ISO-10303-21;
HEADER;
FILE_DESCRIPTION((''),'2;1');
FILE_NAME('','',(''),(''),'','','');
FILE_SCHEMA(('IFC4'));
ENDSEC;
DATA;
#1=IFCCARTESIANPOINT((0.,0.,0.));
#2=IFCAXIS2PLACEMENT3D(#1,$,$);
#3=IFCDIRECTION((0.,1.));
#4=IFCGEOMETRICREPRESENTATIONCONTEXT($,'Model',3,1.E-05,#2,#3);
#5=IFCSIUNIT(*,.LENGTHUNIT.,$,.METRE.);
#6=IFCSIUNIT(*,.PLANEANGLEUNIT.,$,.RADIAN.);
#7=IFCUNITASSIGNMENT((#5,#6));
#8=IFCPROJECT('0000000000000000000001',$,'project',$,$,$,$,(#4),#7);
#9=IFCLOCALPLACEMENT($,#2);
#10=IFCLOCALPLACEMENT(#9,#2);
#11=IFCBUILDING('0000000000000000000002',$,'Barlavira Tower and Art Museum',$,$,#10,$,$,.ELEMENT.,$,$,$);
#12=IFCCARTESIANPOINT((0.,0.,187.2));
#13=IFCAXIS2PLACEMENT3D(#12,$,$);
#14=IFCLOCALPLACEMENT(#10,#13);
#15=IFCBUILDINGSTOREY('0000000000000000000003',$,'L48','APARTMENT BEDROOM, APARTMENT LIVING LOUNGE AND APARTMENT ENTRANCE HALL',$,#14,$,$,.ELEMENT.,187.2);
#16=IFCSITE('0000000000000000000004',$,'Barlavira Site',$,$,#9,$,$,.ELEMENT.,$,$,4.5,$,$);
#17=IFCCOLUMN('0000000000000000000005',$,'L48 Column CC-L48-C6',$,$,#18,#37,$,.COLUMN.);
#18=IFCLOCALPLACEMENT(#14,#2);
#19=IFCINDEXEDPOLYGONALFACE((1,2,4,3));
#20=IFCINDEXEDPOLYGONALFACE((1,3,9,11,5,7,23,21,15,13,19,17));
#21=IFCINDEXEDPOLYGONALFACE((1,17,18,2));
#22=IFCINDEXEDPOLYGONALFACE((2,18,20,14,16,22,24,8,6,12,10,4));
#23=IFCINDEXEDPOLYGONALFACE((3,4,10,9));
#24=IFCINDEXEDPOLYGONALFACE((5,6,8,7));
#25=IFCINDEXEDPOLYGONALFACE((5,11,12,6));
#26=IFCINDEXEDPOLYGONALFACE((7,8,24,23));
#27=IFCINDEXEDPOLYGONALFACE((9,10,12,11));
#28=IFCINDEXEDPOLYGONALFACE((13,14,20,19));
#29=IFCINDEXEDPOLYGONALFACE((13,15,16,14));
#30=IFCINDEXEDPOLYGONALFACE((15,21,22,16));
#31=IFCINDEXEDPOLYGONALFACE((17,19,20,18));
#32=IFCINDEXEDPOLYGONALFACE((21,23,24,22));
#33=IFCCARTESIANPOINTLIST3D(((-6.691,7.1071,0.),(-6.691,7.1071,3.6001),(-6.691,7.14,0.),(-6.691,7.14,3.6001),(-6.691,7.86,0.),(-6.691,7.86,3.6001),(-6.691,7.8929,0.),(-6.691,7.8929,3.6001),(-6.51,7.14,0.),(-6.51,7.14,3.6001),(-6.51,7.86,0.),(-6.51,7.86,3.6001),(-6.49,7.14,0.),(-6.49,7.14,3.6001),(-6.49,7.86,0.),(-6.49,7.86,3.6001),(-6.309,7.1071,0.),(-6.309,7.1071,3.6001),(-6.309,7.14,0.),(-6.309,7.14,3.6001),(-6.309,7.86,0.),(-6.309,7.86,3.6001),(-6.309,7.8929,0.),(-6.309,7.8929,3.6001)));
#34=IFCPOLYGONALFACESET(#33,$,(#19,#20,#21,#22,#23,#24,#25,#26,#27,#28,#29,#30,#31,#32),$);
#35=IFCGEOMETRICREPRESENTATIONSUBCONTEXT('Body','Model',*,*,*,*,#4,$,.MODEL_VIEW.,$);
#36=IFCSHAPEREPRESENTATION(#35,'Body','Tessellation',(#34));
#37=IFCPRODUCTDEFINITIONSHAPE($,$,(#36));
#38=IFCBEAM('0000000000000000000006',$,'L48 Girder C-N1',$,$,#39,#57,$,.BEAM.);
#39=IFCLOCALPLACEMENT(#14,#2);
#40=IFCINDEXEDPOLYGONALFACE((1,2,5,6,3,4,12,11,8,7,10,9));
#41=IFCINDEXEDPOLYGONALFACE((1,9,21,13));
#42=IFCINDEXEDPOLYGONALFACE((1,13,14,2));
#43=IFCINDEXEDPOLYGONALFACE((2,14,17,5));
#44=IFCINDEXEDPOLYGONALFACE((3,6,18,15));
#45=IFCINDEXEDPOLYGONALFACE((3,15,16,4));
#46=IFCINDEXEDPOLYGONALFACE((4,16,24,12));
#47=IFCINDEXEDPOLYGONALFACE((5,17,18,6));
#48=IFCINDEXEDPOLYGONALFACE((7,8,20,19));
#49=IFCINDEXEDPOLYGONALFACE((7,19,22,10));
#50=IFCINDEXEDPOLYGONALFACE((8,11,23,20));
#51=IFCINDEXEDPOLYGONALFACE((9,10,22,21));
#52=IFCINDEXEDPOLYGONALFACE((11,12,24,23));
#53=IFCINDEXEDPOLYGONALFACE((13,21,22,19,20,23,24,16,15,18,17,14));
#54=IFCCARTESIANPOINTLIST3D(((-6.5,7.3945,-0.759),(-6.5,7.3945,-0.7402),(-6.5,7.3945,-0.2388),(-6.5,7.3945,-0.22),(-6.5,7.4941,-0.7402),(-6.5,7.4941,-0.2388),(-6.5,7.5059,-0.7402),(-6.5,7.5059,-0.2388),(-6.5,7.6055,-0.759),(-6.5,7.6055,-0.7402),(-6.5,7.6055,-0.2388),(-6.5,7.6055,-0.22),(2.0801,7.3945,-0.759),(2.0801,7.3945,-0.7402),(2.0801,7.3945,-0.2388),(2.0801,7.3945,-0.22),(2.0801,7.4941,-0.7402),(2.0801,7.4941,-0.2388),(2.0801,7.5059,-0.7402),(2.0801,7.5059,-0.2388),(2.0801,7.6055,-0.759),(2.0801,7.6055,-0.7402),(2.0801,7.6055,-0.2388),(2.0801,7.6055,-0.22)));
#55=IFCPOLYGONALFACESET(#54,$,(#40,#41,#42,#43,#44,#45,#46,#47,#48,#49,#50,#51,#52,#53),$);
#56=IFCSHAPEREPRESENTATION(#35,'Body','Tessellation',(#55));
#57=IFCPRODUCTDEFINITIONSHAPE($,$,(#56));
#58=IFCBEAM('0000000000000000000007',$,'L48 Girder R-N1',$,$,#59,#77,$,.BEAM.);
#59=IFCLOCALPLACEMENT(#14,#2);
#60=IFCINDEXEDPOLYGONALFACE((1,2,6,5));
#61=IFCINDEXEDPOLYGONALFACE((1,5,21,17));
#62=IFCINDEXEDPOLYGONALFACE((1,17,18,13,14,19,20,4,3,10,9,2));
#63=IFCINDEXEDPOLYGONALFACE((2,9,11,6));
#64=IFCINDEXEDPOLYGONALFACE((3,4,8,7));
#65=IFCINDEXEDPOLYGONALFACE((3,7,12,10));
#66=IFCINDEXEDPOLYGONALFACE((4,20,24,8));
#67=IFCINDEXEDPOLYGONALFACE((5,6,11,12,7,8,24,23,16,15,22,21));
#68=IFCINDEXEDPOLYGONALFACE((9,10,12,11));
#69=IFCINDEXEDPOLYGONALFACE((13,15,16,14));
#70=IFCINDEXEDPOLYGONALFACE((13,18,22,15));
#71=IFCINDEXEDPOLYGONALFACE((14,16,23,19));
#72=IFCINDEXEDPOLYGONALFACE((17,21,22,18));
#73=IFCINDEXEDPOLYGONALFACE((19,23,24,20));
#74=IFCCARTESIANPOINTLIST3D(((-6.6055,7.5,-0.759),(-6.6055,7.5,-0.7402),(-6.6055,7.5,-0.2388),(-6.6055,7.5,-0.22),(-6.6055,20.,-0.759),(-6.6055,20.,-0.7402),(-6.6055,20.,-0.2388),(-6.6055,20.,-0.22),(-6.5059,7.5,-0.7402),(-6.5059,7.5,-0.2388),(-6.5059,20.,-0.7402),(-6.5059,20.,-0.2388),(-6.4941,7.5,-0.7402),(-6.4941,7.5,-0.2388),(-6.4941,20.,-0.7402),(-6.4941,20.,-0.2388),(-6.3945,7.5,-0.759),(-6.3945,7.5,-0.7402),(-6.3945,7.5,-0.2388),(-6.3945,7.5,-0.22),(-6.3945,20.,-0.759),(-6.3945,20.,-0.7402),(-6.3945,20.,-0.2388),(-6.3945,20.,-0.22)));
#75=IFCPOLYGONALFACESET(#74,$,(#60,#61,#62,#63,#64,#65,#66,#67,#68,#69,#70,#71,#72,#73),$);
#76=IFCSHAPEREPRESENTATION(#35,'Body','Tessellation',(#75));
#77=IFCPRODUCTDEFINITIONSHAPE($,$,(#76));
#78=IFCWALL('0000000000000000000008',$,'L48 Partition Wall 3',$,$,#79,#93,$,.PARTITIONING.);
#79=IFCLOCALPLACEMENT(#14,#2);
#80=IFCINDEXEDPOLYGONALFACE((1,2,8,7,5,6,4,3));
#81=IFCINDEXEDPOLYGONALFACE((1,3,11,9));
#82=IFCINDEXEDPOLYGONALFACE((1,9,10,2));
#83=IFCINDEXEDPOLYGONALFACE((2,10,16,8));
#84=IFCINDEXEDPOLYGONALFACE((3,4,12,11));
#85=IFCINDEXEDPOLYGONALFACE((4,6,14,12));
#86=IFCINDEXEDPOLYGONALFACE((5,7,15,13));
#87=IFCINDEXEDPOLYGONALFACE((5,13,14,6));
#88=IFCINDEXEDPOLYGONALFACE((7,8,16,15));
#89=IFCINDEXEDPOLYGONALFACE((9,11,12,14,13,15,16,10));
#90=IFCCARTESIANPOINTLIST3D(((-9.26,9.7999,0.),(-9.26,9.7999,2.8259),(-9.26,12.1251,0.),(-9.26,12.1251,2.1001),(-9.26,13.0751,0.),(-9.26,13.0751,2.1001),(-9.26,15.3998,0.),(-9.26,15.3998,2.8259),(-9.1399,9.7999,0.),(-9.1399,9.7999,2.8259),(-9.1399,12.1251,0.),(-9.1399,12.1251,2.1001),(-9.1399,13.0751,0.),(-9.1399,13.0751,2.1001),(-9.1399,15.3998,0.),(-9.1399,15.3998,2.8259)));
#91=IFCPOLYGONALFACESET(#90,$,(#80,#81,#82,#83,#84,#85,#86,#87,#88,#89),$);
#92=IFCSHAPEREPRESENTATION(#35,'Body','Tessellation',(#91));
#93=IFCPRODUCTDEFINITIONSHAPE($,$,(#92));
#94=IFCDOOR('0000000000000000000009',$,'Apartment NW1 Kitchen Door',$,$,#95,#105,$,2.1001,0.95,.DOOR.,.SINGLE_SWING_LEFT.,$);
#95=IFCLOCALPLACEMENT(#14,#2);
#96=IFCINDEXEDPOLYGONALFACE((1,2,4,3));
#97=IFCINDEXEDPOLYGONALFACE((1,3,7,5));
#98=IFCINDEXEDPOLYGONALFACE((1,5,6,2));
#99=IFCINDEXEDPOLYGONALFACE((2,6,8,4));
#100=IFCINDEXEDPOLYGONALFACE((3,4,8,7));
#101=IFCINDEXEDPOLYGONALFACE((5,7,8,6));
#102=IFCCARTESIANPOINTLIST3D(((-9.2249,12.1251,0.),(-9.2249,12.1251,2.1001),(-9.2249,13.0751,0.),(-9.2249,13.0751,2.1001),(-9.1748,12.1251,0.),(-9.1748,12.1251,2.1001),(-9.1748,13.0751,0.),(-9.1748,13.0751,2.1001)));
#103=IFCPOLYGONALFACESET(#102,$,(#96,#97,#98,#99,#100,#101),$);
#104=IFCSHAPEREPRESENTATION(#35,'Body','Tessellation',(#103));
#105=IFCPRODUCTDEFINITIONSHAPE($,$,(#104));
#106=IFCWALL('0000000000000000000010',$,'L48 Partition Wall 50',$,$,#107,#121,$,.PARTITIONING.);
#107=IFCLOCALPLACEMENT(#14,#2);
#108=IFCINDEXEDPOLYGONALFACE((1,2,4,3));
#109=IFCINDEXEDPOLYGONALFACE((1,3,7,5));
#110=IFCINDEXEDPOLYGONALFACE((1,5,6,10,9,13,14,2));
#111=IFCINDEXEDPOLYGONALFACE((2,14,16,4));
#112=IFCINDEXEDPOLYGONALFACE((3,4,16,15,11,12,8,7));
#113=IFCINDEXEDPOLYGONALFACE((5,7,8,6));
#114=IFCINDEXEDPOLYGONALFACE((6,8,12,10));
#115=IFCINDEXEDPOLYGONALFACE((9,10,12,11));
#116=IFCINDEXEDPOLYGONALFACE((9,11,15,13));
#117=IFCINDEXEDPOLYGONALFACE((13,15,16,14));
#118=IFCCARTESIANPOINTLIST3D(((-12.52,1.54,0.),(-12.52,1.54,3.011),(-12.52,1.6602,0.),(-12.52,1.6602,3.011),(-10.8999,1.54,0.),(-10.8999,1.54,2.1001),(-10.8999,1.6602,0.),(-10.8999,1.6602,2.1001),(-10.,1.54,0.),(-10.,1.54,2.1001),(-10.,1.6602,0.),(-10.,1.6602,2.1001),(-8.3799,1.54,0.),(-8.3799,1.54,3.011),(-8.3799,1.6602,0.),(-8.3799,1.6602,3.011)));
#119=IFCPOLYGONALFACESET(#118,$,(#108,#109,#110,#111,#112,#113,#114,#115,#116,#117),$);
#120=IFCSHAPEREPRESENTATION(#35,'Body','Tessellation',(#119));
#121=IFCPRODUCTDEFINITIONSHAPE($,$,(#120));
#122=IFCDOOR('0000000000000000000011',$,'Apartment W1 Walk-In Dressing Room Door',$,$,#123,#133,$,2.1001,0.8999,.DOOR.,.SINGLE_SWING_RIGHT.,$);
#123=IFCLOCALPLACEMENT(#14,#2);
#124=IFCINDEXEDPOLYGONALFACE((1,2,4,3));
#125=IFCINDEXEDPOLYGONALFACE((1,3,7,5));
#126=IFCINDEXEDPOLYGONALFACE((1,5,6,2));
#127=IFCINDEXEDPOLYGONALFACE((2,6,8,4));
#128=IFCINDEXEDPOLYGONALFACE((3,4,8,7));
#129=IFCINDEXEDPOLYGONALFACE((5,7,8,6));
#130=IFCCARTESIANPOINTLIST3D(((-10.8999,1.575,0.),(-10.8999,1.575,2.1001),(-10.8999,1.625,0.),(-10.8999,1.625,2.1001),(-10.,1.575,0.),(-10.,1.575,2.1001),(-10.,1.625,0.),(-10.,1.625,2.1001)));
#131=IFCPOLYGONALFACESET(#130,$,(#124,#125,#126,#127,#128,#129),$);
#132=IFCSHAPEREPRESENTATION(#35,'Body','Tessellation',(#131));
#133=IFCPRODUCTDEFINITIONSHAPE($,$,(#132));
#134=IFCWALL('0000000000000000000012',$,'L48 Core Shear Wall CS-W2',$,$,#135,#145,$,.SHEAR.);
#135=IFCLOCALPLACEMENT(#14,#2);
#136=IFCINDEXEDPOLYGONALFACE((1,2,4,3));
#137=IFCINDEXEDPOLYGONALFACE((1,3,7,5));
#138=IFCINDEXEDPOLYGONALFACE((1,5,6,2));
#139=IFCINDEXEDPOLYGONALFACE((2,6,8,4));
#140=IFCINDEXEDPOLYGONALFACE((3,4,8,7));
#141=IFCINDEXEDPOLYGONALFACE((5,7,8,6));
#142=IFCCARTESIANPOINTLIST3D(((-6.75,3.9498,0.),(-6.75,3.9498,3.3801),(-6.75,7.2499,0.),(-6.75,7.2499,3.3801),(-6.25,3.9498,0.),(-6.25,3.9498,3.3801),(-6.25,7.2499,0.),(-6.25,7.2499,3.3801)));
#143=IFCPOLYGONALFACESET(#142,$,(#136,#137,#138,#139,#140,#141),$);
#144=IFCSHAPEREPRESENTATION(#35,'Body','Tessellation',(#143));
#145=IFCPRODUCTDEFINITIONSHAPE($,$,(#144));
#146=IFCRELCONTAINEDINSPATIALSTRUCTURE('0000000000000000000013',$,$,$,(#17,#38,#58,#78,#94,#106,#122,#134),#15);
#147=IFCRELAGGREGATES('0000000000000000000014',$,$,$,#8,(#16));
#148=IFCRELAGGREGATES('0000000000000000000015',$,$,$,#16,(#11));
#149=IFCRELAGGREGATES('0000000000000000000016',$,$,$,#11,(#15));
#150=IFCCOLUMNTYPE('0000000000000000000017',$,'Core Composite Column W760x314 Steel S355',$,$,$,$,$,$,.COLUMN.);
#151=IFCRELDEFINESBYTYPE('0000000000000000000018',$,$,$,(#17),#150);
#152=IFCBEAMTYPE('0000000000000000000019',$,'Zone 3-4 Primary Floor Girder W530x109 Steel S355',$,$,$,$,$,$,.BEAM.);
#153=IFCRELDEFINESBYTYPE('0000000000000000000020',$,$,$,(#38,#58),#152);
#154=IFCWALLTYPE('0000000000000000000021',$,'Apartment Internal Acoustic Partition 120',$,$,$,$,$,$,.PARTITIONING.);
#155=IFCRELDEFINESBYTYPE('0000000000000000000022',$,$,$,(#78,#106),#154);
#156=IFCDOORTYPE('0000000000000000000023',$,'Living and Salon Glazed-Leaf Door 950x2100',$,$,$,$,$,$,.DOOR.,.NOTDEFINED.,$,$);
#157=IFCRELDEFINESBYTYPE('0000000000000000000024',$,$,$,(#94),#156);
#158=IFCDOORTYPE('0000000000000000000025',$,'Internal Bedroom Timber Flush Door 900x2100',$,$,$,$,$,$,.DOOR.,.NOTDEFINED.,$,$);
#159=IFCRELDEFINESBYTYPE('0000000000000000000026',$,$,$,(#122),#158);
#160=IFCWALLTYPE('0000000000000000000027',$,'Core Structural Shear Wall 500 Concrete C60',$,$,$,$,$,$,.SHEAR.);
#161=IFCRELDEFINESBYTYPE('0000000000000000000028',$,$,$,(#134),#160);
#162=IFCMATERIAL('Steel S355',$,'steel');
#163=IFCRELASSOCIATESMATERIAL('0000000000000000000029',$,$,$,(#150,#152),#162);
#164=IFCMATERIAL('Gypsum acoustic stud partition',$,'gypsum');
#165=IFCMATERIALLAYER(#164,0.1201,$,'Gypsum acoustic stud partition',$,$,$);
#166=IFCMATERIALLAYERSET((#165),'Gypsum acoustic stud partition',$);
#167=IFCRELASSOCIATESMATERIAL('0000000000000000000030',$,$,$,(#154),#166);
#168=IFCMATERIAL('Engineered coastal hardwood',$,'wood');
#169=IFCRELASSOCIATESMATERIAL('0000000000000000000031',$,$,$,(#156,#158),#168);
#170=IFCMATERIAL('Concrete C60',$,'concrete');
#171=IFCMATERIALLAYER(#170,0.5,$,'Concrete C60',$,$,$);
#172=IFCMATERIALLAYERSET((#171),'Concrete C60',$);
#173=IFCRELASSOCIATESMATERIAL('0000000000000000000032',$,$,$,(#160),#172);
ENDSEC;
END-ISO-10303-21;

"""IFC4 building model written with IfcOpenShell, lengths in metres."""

from ifc_helpers import new_model, si_unit, direction, frame, frame_2d, origin, origin_2d, place, context, subcontext, project, spatial, rectangle, i_section, extrude, material, layer, layer_set, material_profile, profile_set, type_object, element, fill, save


model = new_model("IFC4")

# Units and contexts
model_context = context("Model", 3, precision=1e-05, world=origin(), true_north=direction((0.0, 1.0)))
body_context = subcontext(model_context, "Body", "Model", "MODEL_VIEW")
ifc_project = project(units=[si_unit("LENGTHUNIT", "METRE"), si_unit("PLANEANGLEUNIT", "RADIAN")], contexts=[model_context])

# Site, building, storey
site_placement = place(None, origin())
site = spatial("IfcSite", under=ifc_project, at=site_placement, Name="Barlavira Site", CompositionType="ELEMENT", RefElevation=4.5)
building_placement = place(site_placement, origin())
building = spatial("IfcBuilding", under=site, at=building_placement, Name="Barlavira Tower and Art Museum", CompositionType="ELEMENT")
storey_placement = place(building_placement, frame((0.0, 0.0, 187.2)))
storey = spatial("IfcBuildingStorey", under=building, at=storey_placement, Name="L48", Description="APARTMENT BEDROOM, APARTMENT LIVING LOUNGE AND APARTMENT ENTRANCE HALL", CompositionType="ELEMENT", Elevation=187.2)

# Column
ifc_material_1 = material(Name="Steel S355", Category="steel")
ifc_material_profile_1 = material_profile(ifc_material_1, i_section(OverallWidth=0.3821, OverallDepth=0.7859, WebThickness=0.02, FlangeThickness=0.033, at=origin_2d()), Name="W760x314.0")
ifc_profile_set_1 = profile_set([ifc_material_profile_1], Name="Steel S355")
column_type = type_object("IfcColumnType", Name="Core Composite Column W760x314 Steel S355", PredefinedType="COLUMN", material=ifc_profile_set_1)
column_placement = place(storey_placement, frame((-6.5, 7.5, 0.0), z_axis=(0.0, 0.0, 1.0), x_axis=(1.0, 0.0, 0.0)))
element("IfcColumn", 1, at=column_placement, inside=storey, type_object=column_type, Name="L48 Column CC-L48-C6", PredefinedType="COLUMN", context=body_context, shape_type="SweptSolid", body=[
    extrude(i_section(OverallWidth=0.3821, OverallDepth=0.7859, WebThickness=0.02, FlangeThickness=0.033, at=origin_2d()), origin(), (0.0, 0.0, 1.0), 3.6001),
])

# Beams
ifc_material_profile_2 = material_profile(ifc_material_1, i_section(OverallWidth=0.2109, OverallDepth=0.5391, WebThickness=0.0117, FlangeThickness=0.0188, at=origin_2d()), Name="W530x109.0")
ifc_profile_set_2 = profile_set([ifc_material_profile_2], Name="Steel S355")
beam_type = type_object("IfcBeamType", Name="Zone 3-4 Primary Floor Girder W530x109 Steel S355", PredefinedType="BEAM", material=ifc_profile_set_2)
beam_1_placement = place(storey_placement, frame((-6.5, 7.5, -0.4895), z_axis=(1.0, 0.0, 0.0), x_axis=(0.0, 1.0, 0.0)))
element("IfcBeam", 2, at=beam_1_placement, inside=storey, type_object=beam_type, Name="L48 Girder C-N1", PredefinedType="BEAM", context=body_context, shape_type="SweptSolid", body=[
    extrude(i_section(OverallWidth=0.2109, OverallDepth=0.5391, WebThickness=0.0117, FlangeThickness=0.0188, at=origin_2d()), origin(), (0.0, 0.0, 1.0), 8.5801),
])
beam_2_placement = place(storey_placement, frame((-6.5, 7.5, -0.4895), z_axis=(0.0, 1.0, 0.0), x_axis=(-1.0, 0.0, 0.0)))
element("IfcBeam", 3, at=beam_2_placement, inside=storey, type_object=beam_type, Name="L48 Girder R-N1", PredefinedType="BEAM", context=body_context, shape_type="SweptSolid", body=[
    extrude(i_section(OverallWidth=0.2109, OverallDepth=0.5391, WebThickness=0.0117, FlangeThickness=0.0188, at=origin_2d()), origin(), (0.0, 0.0, 1.0), 12.5),
])

# Walls, openings, doors
ifc_material_2 = material(Name="Gypsum acoustic stud partition", Category="gypsum")
ifc_layer_1 = layer(ifc_material_2, 0.1201, Name="Gypsum acoustic stud partition")
ifc_layer_set_1 = layer_set([ifc_layer_1], Name="Gypsum acoustic stud partition")
wall_type_1 = type_object("IfcWallType", Name="Apartment Internal Acoustic Partition 120", PredefinedType="PARTITIONING", material=ifc_layer_set_1)
wall_1_placement = place(storey_placement, frame((-9.2, 9.8, 0.0), z_axis=(0.0, 0.0, 1.0), x_axis=(0.0, 1.0, 0.0)))
wall_1 = element("IfcWall", 4, at=wall_1_placement, inside=storey, type_object=wall_type_1, Name="L48 Partition Wall 3", PredefinedType="PARTITIONING", context=body_context, shape_type="SweptSolid", body=[
    extrude(rectangle(XDim=5.5999, YDim=0.1201, at=frame_2d((2.7998, 0.0))), origin(), (0.0, 0.0, 1.0), 2.8259),
])
opening_1_placement = place(wall_1_placement, frame((2.325, 0.0, 0.0)))
opening_1 = element("IfcOpeningElement", 5, at=opening_1_placement, cuts=wall_1, PredefinedType="OPENING", context=body_context, shape_type="SweptSolid", body=[
    extrude(rectangle(XDim=0.95, YDim=2.1001, at=frame_2d((0.4751, 1.05))), frame((0.0, 0.0701, 0.0), z_axis=(0.0, -1.0, 0.0), x_axis=(1.0, 0.0, 0.0)), (0.0, 0.0, 1.0), 0.1401),
])
ifc_material_3 = material(Name="Engineered coastal hardwood", Category="wood")
door_type_1 = type_object("IfcDoorType", Name="Living and Salon Glazed-Leaf Door 950x2100", OperationType="NOTDEFINED", PredefinedType="DOOR", material=ifc_material_3)
door_1_placement = place(opening_1_placement, origin())
door_1 = element("IfcDoor", 6, at=door_1_placement, inside=storey, type_object=door_type_1, Name="Apartment NW1 Kitchen Door", OperationType="SINGLE_SWING_LEFT", OverallHeight=2.1001, OverallWidth=0.95, PredefinedType="DOOR", context=body_context, shape_type="SweptSolid", body=[
    extrude(rectangle(XDim=0.95, YDim=2.1001, at=frame_2d((0.4751, 1.05))), frame((0.0, 0.0249, 0.0), z_axis=(0.0, -1.0, 0.0), x_axis=(1.0, 0.0, 0.0)), (0.0, 0.0, 1.0), 0.05),
])
fill(opening_1, door_1)
wall_2_placement = place(storey_placement, frame((-12.52, 1.6001, 0.0), z_axis=(0.0, 0.0, 1.0), x_axis=(1.0, 0.0, 0.0)))
wall_2 = element("IfcWall", 7, at=wall_2_placement, inside=storey, type_object=wall_type_1, Name="L48 Partition Wall 50", PredefinedType="PARTITIONING", context=body_context, shape_type="SweptSolid", body=[
    extrude(rectangle(XDim=4.1401, YDim=0.1201, at=frame_2d((2.0701, 0.0))), origin(), (0.0, 0.0, 1.0), 3.011),
])
opening_2_placement = place(wall_2_placement, frame((1.6201, 0.0, 0.0)))
opening_2 = element("IfcOpeningElement", 8, at=opening_2_placement, cuts=wall_2, PredefinedType="OPENING", context=body_context, shape_type="SweptSolid", body=[
    extrude(rectangle(XDim=0.8999, YDim=2.1001, at=frame_2d((0.45, 1.05))), frame((0.0, 0.0701, 0.0), z_axis=(0.0, -1.0, 0.0), x_axis=(1.0, 0.0, 0.0)), (0.0, 0.0, 1.0), 0.1401),
])
door_type_2 = type_object("IfcDoorType", Name="Internal Bedroom Timber Flush Door 900x2100", OperationType="NOTDEFINED", PredefinedType="DOOR", material=ifc_material_3)
door_2_placement = place(opening_2_placement, origin())
door_2 = element("IfcDoor", 9, at=door_2_placement, inside=storey, type_object=door_type_2, Name="Apartment W1 Walk-In Dressing Room Door", OperationType="SINGLE_SWING_RIGHT", OverallHeight=2.1001, OverallWidth=0.8999, PredefinedType="DOOR", context=body_context, shape_type="SweptSolid", body=[
    extrude(rectangle(XDim=0.8999, YDim=2.1001, at=frame_2d((0.45, 1.05))), frame((0.0, 0.0249, 0.0), z_axis=(0.0, -1.0, 0.0), x_axis=(1.0, 0.0, 0.0)), (0.0, 0.0, 1.0), 0.05),
])
fill(opening_2, door_2)
ifc_material_4 = material(Name="Concrete C60", Category="concrete")
ifc_layer_2 = layer(ifc_material_4, 0.5, Name="Concrete C60")
ifc_layer_set_2 = layer_set([ifc_layer_2], Name="Concrete C60")
wall_type_2 = type_object("IfcWallType", Name="Core Structural Shear Wall 500 Concrete C60", PredefinedType="SHEAR", material=ifc_layer_set_2)

# Wall
wall_3_placement = place(storey_placement, frame((-6.5, 3.95, 0.0), z_axis=(0.0, 0.0, 1.0), x_axis=(0.0, 1.0, 0.0)))
element("IfcWall", 10, at=wall_3_placement, inside=storey, type_object=wall_type_2, Name="L48 Core Shear Wall CS-W2", PredefinedType="SHEAR", context=body_context, shape_type="SweptSolid", body=[
    extrude(rectangle(XDim=3.3, YDim=0.5, at=frame_2d((1.6499, 0.0))), origin(), (0.0, 0.0, 1.0), 3.3801),
])

save(model, "model.ifc")
